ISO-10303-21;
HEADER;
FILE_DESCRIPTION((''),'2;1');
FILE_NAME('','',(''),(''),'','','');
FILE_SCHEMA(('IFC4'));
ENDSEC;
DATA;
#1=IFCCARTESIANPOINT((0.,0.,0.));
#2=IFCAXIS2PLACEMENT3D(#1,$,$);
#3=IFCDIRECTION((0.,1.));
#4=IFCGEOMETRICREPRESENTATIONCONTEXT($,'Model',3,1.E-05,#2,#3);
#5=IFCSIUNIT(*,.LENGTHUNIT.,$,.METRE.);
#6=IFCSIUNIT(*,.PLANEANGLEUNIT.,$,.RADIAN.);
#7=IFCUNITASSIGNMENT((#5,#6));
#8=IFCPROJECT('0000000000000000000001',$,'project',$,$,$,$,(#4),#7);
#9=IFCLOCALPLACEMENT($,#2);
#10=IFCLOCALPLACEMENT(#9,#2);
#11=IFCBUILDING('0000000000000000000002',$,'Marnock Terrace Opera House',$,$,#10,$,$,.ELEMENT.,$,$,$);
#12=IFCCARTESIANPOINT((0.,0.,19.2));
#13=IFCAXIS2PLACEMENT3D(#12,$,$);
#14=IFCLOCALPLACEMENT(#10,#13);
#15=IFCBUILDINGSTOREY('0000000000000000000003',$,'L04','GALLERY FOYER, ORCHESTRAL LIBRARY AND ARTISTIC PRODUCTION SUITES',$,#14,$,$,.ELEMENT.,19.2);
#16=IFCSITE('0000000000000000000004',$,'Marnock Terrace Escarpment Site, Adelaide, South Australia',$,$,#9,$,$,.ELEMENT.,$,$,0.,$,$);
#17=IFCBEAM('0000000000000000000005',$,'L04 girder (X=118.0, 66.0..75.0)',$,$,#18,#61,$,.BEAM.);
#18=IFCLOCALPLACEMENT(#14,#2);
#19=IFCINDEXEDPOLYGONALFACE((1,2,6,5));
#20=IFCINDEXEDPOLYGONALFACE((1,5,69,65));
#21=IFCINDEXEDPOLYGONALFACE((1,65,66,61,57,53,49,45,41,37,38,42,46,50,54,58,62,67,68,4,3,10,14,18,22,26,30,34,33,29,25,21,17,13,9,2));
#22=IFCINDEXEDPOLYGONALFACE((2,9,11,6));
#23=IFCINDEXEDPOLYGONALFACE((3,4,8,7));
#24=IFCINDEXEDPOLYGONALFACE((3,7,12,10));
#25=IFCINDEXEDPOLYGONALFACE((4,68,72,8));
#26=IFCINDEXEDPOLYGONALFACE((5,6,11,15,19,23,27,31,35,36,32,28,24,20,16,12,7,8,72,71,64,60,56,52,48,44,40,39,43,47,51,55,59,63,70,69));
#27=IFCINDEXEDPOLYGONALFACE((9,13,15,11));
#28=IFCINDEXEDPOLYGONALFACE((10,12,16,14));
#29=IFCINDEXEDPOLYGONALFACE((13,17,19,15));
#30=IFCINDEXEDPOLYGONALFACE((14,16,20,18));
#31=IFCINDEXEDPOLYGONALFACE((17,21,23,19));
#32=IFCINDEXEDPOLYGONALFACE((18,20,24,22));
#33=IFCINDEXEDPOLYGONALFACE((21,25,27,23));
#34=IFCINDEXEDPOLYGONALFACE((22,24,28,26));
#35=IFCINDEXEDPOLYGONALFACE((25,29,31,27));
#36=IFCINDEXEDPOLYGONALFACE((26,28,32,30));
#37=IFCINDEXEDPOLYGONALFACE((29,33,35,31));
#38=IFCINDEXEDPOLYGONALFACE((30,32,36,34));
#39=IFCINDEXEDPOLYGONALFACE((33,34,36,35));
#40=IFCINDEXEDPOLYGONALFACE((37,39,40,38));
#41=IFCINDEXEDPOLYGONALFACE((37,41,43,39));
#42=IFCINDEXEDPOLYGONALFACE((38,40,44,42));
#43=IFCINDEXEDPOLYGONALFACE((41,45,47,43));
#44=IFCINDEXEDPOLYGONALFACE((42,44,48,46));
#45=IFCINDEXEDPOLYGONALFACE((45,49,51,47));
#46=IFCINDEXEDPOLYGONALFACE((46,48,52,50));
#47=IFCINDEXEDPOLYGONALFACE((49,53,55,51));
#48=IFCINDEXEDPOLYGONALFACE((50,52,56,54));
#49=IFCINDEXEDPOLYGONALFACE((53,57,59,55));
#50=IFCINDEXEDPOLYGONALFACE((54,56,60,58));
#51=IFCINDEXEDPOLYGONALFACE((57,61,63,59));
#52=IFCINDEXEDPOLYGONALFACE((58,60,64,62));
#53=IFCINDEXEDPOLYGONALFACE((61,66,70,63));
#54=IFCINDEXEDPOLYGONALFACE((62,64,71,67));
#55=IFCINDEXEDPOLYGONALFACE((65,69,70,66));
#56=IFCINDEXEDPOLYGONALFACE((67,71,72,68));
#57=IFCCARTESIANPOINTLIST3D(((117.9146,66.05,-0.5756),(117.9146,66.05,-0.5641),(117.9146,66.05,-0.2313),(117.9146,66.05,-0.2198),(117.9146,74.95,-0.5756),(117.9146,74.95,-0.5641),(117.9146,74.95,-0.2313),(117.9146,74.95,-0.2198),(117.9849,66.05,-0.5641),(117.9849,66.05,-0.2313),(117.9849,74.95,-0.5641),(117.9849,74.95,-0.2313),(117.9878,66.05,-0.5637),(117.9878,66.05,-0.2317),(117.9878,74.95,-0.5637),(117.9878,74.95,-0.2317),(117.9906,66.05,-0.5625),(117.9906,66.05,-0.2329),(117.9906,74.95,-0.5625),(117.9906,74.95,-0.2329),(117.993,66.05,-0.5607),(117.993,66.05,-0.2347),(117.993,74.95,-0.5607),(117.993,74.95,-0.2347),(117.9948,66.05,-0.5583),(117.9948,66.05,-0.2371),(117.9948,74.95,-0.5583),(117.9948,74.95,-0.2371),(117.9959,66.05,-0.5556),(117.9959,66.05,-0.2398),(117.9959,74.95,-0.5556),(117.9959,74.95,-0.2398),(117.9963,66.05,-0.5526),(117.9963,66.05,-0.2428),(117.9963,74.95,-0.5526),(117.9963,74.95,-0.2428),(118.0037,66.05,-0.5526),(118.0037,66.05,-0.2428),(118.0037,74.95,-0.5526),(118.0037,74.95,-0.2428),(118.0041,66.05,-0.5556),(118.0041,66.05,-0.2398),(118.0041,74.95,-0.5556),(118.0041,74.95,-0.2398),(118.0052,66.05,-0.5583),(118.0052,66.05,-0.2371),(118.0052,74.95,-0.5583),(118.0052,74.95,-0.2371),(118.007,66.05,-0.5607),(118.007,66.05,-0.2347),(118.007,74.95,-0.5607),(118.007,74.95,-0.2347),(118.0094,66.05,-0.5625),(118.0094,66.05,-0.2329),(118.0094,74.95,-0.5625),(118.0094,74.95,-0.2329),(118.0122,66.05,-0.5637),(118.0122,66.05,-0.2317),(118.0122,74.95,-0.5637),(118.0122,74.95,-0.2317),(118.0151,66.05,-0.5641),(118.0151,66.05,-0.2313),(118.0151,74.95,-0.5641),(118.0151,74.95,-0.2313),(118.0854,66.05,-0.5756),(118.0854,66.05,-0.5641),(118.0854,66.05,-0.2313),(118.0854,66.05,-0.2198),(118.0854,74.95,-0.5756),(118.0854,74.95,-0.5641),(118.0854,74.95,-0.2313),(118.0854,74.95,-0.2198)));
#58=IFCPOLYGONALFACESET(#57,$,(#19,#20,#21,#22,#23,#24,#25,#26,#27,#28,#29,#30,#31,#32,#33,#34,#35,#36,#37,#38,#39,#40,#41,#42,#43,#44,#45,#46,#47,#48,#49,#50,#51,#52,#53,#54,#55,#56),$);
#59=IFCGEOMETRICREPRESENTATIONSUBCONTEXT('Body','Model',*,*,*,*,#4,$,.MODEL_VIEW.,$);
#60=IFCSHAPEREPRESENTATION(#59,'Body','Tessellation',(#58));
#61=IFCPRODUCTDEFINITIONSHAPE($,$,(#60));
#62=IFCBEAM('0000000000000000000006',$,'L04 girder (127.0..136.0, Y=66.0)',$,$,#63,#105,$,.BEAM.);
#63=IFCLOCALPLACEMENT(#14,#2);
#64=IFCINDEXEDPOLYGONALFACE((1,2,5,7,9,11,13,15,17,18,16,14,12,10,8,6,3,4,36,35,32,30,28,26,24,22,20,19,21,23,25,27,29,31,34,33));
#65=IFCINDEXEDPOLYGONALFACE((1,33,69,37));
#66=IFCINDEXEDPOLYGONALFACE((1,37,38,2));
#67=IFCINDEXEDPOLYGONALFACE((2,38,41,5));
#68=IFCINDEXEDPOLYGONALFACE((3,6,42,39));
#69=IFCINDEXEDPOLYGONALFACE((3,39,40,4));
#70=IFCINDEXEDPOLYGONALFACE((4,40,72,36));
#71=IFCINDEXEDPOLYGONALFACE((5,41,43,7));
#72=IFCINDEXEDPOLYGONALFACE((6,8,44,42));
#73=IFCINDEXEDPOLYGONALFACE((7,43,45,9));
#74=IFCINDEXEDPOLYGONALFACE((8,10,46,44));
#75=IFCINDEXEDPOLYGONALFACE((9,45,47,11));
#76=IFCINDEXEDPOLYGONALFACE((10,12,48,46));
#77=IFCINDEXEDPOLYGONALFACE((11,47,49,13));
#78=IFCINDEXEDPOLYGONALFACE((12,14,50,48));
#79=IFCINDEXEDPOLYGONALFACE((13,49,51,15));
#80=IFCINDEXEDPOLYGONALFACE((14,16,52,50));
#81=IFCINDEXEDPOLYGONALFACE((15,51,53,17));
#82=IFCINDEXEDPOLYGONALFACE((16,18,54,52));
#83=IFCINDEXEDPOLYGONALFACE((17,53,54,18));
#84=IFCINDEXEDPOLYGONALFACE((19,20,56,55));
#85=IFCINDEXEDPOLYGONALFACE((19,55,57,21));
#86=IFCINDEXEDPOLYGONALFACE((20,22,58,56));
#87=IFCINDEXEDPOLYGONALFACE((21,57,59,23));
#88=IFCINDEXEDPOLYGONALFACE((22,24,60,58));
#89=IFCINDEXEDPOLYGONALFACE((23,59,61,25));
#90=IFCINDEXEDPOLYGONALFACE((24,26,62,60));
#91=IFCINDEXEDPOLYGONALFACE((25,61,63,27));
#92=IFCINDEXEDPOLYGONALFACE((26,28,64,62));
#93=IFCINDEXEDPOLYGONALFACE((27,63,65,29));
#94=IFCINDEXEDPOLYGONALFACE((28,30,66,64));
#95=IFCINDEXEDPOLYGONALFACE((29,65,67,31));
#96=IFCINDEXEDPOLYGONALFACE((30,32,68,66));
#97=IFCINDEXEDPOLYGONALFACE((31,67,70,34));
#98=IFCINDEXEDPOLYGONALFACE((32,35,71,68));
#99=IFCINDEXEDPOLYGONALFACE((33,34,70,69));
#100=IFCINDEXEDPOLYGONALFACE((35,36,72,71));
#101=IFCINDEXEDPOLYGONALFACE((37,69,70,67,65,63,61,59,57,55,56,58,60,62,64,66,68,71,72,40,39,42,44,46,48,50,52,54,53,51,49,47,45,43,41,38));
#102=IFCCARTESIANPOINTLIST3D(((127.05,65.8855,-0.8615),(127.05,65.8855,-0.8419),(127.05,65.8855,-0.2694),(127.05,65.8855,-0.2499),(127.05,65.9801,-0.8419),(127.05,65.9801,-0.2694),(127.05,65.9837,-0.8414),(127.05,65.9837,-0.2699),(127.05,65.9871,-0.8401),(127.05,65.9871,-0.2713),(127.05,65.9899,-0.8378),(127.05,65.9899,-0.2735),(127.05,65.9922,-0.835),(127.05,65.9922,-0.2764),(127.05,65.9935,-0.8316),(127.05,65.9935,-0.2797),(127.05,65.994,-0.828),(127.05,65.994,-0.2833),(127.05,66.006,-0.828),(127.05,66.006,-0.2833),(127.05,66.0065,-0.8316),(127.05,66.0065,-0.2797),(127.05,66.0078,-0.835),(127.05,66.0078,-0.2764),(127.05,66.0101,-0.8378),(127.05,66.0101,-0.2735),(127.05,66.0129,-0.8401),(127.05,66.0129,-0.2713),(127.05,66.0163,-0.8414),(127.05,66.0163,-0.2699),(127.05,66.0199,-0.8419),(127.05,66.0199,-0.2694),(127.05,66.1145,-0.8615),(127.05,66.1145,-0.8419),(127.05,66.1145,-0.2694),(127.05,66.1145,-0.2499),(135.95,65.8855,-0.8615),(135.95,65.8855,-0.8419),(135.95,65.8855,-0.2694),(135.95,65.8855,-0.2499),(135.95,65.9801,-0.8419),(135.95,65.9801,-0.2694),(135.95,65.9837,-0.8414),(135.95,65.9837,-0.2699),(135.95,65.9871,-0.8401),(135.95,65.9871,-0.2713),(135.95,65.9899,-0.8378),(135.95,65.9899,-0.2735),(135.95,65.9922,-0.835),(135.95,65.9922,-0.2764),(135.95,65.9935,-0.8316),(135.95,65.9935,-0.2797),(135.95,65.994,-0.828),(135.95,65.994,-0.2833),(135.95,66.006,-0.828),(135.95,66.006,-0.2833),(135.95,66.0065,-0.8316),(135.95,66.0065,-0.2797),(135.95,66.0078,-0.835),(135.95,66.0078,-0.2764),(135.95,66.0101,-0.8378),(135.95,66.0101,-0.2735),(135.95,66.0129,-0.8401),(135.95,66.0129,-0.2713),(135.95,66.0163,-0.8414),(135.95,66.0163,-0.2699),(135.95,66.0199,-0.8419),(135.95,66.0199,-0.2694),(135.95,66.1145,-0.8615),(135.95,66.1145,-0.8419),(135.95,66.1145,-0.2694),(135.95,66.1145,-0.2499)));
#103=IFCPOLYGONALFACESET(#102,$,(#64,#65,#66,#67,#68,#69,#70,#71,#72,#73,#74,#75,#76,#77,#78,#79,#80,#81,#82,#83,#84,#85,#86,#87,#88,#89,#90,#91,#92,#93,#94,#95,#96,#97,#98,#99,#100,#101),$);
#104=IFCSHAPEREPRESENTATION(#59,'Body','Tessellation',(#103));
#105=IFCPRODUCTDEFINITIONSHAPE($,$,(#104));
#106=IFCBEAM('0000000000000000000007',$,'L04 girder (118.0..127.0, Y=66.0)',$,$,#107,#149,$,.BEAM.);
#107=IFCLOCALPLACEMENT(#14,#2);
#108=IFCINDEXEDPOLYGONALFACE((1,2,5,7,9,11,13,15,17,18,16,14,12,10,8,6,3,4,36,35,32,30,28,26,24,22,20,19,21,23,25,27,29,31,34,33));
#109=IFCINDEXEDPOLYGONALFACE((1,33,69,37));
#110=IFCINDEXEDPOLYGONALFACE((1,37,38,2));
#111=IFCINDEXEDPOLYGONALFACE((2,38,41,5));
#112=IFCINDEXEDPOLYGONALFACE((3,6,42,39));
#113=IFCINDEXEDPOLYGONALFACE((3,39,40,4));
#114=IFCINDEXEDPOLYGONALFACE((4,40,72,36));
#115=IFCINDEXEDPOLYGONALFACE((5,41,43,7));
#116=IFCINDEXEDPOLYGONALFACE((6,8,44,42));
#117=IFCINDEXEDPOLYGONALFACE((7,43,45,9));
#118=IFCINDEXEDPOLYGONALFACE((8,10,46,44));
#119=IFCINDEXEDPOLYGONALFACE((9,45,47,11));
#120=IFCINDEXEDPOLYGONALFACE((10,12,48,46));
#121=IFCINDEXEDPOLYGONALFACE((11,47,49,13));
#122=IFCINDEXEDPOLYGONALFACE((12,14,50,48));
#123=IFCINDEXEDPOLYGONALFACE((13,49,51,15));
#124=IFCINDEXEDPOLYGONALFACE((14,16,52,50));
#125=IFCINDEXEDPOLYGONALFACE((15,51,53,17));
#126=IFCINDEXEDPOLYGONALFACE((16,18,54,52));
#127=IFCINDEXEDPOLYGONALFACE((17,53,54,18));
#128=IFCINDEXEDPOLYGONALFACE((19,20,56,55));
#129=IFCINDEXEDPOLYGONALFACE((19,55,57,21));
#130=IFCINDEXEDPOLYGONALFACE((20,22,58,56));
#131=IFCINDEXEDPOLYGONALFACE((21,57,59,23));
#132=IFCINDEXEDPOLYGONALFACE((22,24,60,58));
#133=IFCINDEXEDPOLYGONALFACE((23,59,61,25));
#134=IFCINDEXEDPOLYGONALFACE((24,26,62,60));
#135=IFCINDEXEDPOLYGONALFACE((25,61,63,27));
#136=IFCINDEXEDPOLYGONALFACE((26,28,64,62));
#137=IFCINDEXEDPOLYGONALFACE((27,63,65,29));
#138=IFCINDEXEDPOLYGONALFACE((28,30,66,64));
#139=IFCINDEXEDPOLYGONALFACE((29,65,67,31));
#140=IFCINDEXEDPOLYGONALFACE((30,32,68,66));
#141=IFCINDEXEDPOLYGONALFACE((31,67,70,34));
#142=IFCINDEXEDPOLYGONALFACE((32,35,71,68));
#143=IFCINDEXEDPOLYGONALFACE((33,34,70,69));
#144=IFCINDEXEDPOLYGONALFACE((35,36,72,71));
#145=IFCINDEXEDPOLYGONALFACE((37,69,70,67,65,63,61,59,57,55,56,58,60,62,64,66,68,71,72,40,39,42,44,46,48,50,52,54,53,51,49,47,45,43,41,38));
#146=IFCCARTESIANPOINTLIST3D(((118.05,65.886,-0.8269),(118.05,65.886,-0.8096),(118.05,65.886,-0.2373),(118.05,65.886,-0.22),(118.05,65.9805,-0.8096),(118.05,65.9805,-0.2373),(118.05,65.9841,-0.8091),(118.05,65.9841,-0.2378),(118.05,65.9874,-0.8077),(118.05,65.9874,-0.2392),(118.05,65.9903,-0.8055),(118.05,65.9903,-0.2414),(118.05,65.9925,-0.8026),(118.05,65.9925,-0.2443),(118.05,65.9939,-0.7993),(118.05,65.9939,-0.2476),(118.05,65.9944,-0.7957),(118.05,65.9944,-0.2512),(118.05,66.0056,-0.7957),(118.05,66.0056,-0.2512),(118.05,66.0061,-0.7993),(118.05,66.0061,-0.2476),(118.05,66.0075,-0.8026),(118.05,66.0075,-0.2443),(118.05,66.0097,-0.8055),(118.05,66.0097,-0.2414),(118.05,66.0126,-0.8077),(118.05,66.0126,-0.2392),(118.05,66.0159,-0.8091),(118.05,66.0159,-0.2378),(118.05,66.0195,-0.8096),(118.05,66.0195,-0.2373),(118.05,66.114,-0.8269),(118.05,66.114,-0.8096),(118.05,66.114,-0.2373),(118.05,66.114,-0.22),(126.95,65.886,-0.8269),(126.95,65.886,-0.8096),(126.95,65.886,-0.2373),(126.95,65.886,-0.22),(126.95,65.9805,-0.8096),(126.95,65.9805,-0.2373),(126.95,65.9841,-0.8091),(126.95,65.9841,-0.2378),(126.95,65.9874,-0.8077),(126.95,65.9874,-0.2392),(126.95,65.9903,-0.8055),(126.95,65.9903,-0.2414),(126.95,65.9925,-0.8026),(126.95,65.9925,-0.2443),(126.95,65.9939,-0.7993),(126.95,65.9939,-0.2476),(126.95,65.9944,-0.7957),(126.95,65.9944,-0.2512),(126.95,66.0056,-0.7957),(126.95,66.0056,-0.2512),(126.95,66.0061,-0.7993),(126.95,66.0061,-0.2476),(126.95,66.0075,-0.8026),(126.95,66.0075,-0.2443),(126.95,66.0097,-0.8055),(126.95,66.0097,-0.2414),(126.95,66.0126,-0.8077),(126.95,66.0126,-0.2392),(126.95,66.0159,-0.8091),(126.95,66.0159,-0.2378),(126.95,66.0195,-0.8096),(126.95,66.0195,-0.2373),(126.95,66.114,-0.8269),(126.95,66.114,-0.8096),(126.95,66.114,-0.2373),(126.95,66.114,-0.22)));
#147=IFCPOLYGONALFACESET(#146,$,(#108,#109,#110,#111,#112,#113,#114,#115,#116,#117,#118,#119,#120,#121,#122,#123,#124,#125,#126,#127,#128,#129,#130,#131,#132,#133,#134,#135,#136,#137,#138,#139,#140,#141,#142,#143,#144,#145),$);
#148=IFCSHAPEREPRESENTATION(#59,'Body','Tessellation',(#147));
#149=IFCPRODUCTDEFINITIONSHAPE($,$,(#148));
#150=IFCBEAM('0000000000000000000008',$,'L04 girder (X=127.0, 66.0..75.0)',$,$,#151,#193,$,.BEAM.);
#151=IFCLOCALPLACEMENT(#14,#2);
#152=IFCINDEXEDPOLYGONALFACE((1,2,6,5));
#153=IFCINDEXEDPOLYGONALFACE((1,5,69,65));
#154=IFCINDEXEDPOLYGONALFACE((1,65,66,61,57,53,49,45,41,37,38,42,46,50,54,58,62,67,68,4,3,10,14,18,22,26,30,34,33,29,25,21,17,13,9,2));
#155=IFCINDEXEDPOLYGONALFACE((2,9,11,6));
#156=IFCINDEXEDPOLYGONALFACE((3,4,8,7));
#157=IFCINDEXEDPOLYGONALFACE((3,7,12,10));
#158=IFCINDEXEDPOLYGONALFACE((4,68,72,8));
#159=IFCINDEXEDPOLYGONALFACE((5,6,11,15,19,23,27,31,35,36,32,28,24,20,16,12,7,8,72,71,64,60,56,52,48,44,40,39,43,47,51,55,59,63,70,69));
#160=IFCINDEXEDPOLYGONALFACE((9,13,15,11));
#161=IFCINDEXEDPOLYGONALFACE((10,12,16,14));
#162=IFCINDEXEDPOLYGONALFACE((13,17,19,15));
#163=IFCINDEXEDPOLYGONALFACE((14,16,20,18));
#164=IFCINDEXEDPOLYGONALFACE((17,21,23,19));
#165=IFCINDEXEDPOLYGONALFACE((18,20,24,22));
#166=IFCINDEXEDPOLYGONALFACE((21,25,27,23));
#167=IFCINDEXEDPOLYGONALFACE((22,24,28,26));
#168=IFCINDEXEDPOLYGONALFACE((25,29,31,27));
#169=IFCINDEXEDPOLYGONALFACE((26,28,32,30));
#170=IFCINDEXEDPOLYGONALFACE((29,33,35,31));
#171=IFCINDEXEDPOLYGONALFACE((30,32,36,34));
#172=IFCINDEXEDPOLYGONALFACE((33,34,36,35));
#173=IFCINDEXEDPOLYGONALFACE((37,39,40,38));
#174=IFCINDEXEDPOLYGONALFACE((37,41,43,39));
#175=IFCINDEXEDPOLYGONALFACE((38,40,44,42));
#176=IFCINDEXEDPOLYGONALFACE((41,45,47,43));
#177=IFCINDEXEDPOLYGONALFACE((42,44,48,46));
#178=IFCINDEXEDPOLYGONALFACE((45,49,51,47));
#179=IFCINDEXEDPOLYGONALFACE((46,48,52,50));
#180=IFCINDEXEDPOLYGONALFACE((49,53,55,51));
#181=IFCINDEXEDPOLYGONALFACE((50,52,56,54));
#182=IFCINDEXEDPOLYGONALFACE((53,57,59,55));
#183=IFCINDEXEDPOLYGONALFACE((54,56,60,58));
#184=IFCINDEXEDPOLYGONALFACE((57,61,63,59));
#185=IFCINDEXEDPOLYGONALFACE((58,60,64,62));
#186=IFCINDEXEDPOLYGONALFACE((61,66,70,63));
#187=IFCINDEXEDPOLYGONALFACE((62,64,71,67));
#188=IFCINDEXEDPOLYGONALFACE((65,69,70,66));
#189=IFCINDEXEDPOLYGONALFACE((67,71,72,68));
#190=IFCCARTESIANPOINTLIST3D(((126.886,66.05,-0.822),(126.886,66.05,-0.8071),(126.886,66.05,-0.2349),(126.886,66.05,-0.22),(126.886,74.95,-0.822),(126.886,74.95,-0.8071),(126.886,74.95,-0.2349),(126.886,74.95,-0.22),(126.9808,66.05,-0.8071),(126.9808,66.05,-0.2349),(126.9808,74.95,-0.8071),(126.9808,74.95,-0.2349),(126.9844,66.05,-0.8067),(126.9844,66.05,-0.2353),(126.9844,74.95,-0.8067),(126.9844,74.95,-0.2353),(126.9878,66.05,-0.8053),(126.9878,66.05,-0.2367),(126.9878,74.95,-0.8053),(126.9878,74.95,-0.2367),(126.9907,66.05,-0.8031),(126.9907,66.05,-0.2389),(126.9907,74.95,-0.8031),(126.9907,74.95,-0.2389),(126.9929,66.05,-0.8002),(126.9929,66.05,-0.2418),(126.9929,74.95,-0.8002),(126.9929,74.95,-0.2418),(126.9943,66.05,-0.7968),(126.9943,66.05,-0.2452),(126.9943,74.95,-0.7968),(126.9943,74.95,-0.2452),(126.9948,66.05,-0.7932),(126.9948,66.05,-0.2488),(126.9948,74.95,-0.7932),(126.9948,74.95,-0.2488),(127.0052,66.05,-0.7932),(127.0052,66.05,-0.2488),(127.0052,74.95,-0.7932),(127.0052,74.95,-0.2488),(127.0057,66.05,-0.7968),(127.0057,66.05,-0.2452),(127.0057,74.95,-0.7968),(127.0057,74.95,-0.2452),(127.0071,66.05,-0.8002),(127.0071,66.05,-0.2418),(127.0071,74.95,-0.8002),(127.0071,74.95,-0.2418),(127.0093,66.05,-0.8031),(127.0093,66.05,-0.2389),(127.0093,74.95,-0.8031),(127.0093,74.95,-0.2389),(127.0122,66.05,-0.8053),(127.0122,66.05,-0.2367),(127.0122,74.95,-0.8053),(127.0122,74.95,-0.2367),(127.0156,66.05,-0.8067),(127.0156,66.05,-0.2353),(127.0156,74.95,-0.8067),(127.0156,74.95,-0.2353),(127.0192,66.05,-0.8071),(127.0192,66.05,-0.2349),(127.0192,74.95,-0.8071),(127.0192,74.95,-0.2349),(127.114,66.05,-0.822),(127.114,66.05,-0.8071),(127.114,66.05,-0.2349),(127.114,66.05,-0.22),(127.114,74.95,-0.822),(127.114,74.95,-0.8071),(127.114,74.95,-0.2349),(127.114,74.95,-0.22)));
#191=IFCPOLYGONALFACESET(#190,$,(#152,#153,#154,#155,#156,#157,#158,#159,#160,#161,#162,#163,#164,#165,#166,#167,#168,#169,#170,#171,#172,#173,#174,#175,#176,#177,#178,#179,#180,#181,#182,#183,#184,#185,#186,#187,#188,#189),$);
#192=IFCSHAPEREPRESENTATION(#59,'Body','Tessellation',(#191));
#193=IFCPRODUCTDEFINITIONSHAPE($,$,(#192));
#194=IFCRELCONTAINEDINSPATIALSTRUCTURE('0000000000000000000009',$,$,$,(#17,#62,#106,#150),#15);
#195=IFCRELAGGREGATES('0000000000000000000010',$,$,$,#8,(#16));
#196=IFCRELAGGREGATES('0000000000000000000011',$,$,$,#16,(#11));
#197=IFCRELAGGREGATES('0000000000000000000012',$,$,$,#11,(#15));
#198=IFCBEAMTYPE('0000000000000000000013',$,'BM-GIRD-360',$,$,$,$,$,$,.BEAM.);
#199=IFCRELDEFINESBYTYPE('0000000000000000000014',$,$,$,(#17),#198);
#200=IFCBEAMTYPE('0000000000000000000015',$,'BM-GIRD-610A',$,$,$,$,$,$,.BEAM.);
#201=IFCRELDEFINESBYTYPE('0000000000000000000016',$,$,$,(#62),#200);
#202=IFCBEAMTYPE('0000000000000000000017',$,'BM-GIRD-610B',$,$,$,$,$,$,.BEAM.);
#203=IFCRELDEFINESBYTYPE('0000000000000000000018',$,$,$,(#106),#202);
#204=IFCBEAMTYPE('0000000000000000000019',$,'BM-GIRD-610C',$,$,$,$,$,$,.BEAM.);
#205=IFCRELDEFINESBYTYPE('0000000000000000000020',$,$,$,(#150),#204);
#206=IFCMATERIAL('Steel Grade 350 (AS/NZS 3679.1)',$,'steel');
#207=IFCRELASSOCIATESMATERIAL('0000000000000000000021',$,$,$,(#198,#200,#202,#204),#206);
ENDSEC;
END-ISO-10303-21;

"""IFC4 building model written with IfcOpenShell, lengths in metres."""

from ifc_helpers import new_model, si_unit, direction, frame, origin, origin_2d, place, context, subcontext, project, spatial, i_section, extrude, material, material_profile, profile_set, type_object, element, save


model = new_model("IFC4")

# Units and contexts
model_context = context("Model", 3, precision=1e-05, world=origin(), true_north=direction((0.0, 1.0)))
body_context = subcontext(model_context, "Body", "Model", "MODEL_VIEW")
ifc_project = project(units=[si_unit("LENGTHUNIT", "METRE"), si_unit("PLANEANGLEUNIT", "RADIAN")], contexts=[model_context])

# Site, building, storey
site_placement = place(None, origin())
site = spatial("IfcSite", under=ifc_project, at=site_placement, Name="Marnock Terrace Escarpment Site, Adelaide, South Australia", CompositionType="ELEMENT", RefElevation=0.0)
building_placement = place(site_placement, origin())
building = spatial("IfcBuilding", under=site, at=building_placement, Name="Marnock Terrace Opera House", CompositionType="ELEMENT")
storey_placement = place(building_placement, frame((0.0, 0.0, 19.2)))
storey = spatial("IfcBuildingStorey", under=building, at=storey_placement, Name="L04", Description="GALLERY FOYER, ORCHESTRAL LIBRARY AND ARTISTIC PRODUCTION SUITES", CompositionType="ELEMENT", Elevation=19.2)

# Beams
ifc_material_1 = material(Name="Steel Grade 350 (AS/NZS 3679.1)", Category="steel")
ifc_material_profile_1 = material_profile(ifc_material_1, i_section(OverallWidth=0.1709, OverallDepth=0.3557, WebThickness=0.0073, FlangeThickness=0.0115, FilletRadius=0.0115, at=origin_2d()))
ifc_profile_set_1 = profile_set([ifc_material_profile_1], Name="Steel Grade 350 (AS/NZS 3679.1)")
beam_type_1 = type_object("IfcBeamType", Name="BM-GIRD-360", PredefinedType="BEAM", material=ifc_profile_set_1)
beam_1_placement = place(storey_placement, frame((118.0, 66.05, -0.3977), z_axis=(0.0, 1.0, 0.0), x_axis=(-1.0, 0.0, 0.0)))
element("IfcBeam", 1, at=beam_1_placement, inside=storey, type_object=beam_type_1, Name="L04 girder (X=118.0, 66.0..75.0)", PredefinedType="BEAM", context=body_context, shape_type="SweptSolid", body=[
    extrude(i_section(OverallWidth=0.1709, OverallDepth=0.3557, WebThickness=0.0073, FlangeThickness=0.0115, FilletRadius=0.0115, at=origin_2d()), origin(), (0.0, 0.0, 1.0), 8.8999),
])
ifc_material_profile_2 = material_profile(ifc_material_1, i_section(OverallWidth=0.229, OverallDepth=0.6116, WebThickness=0.012, FlangeThickness=0.0195, FilletRadius=0.0139, at=origin_2d()))
ifc_profile_set_2 = profile_set([ifc_material_profile_2], Name="Steel Grade 350 (AS/NZS 3679.1)")
beam_type_2 = type_object("IfcBeamType", Name="BM-GIRD-610A", PredefinedType="BEAM", material=ifc_profile_set_2)
beam_2_placement = place(storey_placement, frame((127.05, 66.0, -0.5557), z_axis=(1.0, 0.0, 0.0), x_axis=(0.0, 1.0, 0.0)))
element("IfcBeam", 2, at=beam_2_placement, inside=storey, type_object=beam_type_2, Name="L04 girder (127.0..136.0, Y=66.0)", PredefinedType="BEAM", context=body_context, shape_type="SweptSolid", body=[
    extrude(i_section(OverallWidth=0.229, OverallDepth=0.6116, WebThickness=0.012, FlangeThickness=0.0195, FilletRadius=0.0139, at=origin_2d()), origin(), (0.0, 0.0, 1.0), 8.8999),
])
ifc_material_profile_3 = material_profile(ifc_material_1, i_section(OverallWidth=0.228, OverallDepth=0.6069, WebThickness=0.0112, FlangeThickness=0.0173, FilletRadius=0.0139, at=origin_2d()))
ifc_profile_set_3 = profile_set([ifc_material_profile_3], Name="Steel Grade 350 (AS/NZS 3679.1)")
beam_type_3 = type_object("IfcBeamType", Name="BM-GIRD-610B", PredefinedType="BEAM", material=ifc_profile_set_3)
beam_3_placement = place(storey_placement, frame((118.05, 66.0, -0.5234), z_axis=(1.0, 0.0, 0.0), x_axis=(0.0, 1.0, 0.0)))
element("IfcBeam", 3, at=beam_3_placement, inside=storey, type_object=beam_type_3, Name="L04 girder (118.0..127.0, Y=66.0)", PredefinedType="BEAM", context=body_context, shape_type="SweptSolid", body=[
    extrude(i_section(OverallWidth=0.228, OverallDepth=0.6069, WebThickness=0.0112, FlangeThickness=0.0173, FilletRadius=0.0139, at=origin_2d()), origin(), (0.0, 0.0, 1.0), 8.8999),
])
ifc_material_profile_4 = material_profile(ifc_material_1, i_section(OverallWidth=0.228, OverallDepth=0.6021, WebThickness=0.0105, FlangeThickness=0.0149, FilletRadius=0.0139, at=origin_2d()))
ifc_profile_set_4 = profile_set([ifc_material_profile_4], Name="Steel Grade 350 (AS/NZS 3679.1)")
beam_type_4 = type_object("IfcBeamType", Name="BM-GIRD-610C", PredefinedType="BEAM", material=ifc_profile_set_4)
beam_4_placement = place(storey_placement, frame((127.0, 66.05, -0.521), z_axis=(0.0, 1.0, 0.0), x_axis=(-1.0, 0.0, 0.0)))
element("IfcBeam", 4, at=beam_4_placement, inside=storey, type_object=beam_type_4, Name="L04 girder (X=127.0, 66.0..75.0)", PredefinedType="BEAM", context=body_context, shape_type="SweptSolid", body=[
    extrude(i_section(OverallWidth=0.228, OverallDepth=0.6021, WebThickness=0.0105, FlangeThickness=0.0149, FilletRadius=0.0139, at=origin_2d()), origin(), (0.0, 0.0, 1.0), 8.8999),
])

save(model, "model.ifc")
